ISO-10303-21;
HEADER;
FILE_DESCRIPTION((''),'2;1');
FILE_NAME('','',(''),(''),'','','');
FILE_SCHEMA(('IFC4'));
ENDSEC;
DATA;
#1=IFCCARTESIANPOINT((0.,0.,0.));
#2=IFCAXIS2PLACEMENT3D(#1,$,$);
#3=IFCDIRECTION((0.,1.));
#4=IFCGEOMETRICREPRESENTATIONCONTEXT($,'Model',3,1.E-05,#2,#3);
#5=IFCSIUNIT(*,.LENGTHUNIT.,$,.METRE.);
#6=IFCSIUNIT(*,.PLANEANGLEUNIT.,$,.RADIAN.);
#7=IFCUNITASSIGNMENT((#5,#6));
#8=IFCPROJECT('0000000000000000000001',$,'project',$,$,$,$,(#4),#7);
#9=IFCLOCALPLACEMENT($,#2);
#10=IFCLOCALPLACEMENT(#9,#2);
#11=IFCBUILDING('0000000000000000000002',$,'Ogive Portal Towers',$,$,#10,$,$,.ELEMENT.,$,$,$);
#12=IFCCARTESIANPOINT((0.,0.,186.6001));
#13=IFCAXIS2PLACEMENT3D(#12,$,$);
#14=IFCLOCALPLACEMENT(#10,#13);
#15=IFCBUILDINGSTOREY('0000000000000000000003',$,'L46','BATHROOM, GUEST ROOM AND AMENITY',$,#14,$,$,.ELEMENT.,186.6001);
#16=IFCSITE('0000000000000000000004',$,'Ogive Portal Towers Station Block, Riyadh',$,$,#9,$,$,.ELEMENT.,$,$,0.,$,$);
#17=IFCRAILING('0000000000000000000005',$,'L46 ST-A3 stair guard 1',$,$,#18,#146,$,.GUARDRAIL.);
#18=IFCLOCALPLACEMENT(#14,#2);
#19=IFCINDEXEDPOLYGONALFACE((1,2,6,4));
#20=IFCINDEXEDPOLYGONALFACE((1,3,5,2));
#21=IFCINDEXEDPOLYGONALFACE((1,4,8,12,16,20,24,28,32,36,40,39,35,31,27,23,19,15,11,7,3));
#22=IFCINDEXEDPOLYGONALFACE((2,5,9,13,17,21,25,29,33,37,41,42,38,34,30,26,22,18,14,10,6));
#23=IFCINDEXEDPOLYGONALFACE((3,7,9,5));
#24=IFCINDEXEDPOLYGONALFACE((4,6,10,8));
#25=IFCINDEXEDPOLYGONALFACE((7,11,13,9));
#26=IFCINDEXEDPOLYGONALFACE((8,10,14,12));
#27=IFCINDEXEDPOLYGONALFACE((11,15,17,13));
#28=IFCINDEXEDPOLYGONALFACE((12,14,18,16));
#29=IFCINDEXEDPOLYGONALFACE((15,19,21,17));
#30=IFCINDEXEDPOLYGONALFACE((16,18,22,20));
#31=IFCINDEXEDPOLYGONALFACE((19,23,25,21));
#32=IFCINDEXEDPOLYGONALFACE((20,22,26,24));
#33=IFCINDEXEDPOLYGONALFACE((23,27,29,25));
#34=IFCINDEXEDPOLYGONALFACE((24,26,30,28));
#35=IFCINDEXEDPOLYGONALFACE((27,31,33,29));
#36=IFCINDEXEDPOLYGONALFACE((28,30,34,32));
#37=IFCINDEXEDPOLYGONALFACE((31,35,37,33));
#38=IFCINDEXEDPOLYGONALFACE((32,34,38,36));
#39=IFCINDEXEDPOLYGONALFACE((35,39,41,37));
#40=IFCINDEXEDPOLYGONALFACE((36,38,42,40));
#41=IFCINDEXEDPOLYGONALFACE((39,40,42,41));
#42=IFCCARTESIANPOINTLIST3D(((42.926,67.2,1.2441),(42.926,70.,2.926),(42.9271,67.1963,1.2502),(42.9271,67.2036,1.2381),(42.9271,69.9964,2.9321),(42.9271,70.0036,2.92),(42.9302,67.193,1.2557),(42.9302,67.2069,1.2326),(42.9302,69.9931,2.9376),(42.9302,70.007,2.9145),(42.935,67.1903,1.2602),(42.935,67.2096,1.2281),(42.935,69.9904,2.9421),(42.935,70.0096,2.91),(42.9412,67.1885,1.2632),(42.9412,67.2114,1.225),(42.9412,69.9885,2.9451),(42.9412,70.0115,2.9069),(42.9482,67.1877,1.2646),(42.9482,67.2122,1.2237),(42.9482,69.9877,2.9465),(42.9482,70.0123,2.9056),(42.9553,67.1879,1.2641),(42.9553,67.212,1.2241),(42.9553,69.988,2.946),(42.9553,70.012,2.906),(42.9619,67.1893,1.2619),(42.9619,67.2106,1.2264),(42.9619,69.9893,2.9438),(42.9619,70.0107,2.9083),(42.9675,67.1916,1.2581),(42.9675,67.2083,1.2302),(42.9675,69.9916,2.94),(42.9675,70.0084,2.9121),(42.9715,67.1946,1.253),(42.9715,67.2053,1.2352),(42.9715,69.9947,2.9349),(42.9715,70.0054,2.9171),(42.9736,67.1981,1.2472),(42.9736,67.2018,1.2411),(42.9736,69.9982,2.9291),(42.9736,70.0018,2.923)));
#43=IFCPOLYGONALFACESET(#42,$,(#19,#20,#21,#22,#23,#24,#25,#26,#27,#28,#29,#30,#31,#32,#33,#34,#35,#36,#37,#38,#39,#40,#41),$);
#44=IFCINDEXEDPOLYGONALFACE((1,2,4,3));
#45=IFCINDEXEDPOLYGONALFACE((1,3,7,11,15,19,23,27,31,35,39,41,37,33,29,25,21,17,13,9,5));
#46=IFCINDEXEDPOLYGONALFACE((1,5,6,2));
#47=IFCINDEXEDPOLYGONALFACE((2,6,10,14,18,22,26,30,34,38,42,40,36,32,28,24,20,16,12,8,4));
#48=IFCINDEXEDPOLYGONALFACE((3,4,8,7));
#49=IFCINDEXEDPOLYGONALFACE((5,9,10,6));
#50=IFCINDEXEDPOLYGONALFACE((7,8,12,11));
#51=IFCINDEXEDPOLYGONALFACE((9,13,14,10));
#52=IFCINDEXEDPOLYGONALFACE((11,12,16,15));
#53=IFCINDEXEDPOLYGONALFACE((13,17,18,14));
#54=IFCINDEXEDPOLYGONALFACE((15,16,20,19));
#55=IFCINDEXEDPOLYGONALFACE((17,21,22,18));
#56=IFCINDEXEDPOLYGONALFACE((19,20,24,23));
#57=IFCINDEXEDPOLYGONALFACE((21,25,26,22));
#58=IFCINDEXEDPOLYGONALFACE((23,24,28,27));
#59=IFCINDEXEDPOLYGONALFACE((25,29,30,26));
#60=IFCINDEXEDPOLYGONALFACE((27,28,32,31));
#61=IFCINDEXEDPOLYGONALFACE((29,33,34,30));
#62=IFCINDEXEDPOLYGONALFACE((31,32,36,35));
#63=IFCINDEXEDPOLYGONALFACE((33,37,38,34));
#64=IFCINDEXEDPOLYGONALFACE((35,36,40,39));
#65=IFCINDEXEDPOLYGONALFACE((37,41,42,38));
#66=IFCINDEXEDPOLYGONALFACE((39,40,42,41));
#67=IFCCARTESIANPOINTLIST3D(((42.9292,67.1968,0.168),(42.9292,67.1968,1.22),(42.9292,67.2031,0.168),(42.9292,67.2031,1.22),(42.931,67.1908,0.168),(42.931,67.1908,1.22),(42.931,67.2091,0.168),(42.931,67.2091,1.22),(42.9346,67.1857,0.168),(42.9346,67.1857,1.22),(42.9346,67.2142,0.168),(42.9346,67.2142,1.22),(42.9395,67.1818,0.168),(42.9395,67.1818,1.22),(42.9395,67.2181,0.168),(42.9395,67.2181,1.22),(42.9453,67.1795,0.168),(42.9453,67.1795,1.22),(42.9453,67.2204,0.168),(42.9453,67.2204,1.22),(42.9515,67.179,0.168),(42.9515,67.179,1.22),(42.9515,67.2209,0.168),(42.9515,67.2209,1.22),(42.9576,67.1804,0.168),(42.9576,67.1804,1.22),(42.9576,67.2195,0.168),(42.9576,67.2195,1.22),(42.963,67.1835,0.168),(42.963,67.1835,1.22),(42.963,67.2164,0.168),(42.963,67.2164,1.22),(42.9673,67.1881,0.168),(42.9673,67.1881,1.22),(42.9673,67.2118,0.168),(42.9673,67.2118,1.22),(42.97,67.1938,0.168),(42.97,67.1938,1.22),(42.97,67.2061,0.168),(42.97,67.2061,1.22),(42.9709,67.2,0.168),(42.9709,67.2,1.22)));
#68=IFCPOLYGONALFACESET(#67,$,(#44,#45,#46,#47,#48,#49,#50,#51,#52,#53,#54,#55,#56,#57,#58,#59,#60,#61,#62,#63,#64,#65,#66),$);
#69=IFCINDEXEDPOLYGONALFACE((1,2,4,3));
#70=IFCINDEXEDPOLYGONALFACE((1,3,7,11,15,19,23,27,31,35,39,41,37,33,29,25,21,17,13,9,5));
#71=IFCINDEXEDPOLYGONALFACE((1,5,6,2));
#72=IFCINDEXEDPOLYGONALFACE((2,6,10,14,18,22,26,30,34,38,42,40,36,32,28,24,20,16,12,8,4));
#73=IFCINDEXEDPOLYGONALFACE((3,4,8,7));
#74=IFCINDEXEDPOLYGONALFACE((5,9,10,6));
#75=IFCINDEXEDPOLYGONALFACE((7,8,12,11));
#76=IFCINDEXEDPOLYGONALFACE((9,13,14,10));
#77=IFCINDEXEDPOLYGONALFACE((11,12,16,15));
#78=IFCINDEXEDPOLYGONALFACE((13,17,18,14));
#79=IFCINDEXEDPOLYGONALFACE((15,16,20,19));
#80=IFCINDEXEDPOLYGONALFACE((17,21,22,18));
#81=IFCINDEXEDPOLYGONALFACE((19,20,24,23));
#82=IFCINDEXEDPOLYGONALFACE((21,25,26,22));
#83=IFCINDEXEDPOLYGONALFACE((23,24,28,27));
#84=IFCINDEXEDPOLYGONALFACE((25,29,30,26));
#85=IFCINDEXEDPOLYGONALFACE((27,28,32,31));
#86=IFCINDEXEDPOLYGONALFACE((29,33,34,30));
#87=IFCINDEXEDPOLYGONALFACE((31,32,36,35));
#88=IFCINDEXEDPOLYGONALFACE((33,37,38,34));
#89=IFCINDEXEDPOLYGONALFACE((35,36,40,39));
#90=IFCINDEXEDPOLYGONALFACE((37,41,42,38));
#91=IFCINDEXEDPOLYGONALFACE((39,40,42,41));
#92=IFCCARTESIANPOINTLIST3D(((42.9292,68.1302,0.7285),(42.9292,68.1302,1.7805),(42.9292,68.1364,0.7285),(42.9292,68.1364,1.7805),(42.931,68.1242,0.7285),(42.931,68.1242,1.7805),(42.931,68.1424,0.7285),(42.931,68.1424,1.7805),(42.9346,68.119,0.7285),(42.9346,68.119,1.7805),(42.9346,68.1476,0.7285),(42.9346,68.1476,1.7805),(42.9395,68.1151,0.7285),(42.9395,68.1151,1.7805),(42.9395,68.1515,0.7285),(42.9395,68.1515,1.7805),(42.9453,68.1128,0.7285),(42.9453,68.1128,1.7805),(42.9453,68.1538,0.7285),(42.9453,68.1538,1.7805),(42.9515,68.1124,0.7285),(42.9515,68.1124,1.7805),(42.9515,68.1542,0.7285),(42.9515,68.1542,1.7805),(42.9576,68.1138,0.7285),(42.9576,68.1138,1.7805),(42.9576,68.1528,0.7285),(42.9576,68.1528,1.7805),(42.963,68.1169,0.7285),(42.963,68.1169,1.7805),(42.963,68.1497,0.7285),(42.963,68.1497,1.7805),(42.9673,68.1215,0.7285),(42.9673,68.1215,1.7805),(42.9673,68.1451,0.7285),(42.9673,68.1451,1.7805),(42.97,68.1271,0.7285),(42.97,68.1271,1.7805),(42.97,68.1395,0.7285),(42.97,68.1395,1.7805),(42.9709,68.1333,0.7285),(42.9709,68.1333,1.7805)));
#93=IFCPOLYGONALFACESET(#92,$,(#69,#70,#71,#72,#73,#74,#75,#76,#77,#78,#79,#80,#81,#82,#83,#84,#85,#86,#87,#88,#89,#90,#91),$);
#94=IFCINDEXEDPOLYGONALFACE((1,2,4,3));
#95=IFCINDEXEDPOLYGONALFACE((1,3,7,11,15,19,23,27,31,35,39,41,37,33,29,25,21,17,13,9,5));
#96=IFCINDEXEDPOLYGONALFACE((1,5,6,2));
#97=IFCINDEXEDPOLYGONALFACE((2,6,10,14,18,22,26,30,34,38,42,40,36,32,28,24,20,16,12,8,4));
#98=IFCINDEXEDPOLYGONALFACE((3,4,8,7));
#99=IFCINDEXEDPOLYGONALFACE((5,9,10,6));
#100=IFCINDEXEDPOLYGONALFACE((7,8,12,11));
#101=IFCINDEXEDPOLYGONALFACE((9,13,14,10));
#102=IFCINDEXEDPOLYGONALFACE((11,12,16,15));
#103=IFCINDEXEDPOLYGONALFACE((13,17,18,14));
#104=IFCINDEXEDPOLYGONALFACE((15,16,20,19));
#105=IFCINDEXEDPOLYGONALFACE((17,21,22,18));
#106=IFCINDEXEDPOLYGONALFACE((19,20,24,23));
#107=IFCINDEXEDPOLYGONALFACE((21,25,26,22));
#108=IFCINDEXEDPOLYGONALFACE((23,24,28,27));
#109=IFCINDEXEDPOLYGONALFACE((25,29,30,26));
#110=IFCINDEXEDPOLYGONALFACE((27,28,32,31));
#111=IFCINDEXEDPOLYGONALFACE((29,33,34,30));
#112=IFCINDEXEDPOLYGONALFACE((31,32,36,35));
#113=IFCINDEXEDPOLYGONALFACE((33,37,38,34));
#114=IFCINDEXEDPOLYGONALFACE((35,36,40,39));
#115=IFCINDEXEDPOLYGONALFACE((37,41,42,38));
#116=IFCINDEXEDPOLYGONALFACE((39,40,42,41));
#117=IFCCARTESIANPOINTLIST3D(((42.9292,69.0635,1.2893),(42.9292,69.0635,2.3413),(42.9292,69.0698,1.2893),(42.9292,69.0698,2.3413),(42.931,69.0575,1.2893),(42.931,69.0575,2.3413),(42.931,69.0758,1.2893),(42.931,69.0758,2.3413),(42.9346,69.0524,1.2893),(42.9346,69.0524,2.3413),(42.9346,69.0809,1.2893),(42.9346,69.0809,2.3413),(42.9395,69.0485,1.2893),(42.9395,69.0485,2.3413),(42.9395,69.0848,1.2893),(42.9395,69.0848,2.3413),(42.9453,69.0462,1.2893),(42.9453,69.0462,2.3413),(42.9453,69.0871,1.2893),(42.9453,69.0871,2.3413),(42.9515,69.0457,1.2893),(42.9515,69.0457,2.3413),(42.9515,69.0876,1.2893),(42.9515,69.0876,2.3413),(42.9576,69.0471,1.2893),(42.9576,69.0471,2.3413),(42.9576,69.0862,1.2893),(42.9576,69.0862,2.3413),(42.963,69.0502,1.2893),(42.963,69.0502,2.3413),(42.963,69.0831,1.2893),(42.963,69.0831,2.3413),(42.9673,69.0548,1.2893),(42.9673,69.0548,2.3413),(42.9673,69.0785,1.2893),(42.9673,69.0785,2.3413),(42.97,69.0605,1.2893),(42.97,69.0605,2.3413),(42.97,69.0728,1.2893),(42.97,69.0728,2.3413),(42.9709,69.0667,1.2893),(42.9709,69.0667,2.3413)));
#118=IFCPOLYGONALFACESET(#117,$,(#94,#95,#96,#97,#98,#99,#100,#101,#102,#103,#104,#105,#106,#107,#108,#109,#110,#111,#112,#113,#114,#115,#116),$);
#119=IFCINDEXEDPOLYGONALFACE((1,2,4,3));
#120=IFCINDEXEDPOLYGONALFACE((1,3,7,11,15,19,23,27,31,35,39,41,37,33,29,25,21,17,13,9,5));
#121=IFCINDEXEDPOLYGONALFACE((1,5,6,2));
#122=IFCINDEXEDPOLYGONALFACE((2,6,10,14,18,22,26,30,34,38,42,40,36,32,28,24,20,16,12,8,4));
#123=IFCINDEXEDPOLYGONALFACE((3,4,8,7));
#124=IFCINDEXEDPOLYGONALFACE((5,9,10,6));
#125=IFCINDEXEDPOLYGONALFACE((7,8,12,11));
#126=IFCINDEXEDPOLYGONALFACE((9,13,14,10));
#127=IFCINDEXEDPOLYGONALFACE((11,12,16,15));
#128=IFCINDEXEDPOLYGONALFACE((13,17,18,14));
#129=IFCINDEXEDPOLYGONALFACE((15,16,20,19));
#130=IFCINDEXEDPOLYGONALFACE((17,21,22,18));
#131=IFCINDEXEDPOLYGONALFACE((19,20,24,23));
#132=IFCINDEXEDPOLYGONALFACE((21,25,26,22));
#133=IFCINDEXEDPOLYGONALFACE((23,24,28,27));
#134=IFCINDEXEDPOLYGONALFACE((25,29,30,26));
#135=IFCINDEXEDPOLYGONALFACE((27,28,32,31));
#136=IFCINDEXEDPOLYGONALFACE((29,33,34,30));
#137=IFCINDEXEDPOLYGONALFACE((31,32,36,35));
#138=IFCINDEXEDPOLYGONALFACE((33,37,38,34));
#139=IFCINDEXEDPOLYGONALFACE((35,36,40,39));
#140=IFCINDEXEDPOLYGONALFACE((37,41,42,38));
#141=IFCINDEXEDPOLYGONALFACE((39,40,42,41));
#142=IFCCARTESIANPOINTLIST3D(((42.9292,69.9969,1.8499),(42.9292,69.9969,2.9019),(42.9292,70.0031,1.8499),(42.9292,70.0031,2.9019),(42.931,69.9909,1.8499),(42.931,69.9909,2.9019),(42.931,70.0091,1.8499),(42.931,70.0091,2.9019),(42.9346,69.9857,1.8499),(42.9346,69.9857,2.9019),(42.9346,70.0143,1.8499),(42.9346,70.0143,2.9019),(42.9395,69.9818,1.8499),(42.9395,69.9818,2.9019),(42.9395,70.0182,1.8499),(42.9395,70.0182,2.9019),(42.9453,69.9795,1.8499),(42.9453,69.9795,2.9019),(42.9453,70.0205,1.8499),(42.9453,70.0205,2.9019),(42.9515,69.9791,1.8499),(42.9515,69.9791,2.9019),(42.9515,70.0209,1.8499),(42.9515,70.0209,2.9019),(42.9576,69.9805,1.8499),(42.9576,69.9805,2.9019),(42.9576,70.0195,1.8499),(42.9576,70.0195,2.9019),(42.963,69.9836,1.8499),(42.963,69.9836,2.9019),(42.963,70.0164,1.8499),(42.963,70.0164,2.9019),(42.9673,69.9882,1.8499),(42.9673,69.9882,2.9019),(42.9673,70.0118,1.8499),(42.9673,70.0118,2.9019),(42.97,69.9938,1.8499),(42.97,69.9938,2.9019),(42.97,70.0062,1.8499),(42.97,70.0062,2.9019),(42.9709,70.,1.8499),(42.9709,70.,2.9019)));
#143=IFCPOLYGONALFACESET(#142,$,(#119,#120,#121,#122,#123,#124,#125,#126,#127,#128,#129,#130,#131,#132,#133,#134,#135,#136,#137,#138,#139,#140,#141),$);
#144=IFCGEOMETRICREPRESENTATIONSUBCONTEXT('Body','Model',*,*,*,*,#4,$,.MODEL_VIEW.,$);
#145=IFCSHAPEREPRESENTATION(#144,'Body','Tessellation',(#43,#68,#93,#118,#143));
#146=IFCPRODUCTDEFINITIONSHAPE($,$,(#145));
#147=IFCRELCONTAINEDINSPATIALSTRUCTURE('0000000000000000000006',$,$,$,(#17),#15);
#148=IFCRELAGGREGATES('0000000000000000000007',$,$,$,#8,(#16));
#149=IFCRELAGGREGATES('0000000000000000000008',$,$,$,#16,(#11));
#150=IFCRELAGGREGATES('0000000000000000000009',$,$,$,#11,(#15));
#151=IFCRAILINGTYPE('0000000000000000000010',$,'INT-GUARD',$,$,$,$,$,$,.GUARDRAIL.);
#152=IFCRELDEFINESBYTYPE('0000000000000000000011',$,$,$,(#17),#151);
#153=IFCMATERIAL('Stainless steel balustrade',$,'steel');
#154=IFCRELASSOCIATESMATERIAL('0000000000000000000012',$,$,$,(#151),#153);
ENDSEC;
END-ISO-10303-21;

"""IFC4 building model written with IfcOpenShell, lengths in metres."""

from ifc_helpers import new_model, si_unit, direction, frame, origin, origin_2d, place, context, subcontext, project, spatial, circle, extrude, material, type_object, element, save


model = new_model("IFC4")

# Units and contexts
model_context = context("Model", 3, precision=1e-05, world=origin(), true_north=direction((0.0, 1.0)))
body_context = subcontext(model_context, "Body", "Model", "MODEL_VIEW")
ifc_project = project(units=[si_unit("LENGTHUNIT", "METRE"), si_unit("PLANEANGLEUNIT", "RADIAN")], contexts=[model_context])

# Site, building, storey
site_placement = place(None, origin())
site = spatial("IfcSite", under=ifc_project, at=site_placement, Name="Ogive Portal Towers Station Block, Riyadh", CompositionType="ELEMENT", RefElevation=0.0)
building_placement = place(site_placement, origin())
building = spatial("IfcBuilding", under=site, at=building_placement, Name="Ogive Portal Towers", CompositionType="ELEMENT")
storey_placement = place(building_placement, frame((0.0, 0.0, 186.6001)))
storey = spatial("IfcBuildingStorey", under=building, at=storey_placement, Name="L46", Description="BATHROOM, GUEST ROOM AND AMENITY", CompositionType="ELEMENT", Elevation=186.6001)

# Railing
ifc_material_1 = material(Name="Stainless steel balustrade", Category="steel")
railing_type_1 = type_object("IfcRailingType", Name="INT-GUARD", PredefinedType="GUARDRAIL", material=ifc_material_1)
railing_1_placement = place(storey_placement, frame((42.95, 67.2, 0.168)))
element("IfcRailing", 1, at=railing_1_placement, inside=storey, type_object=railing_type_1, Name="L46 ST-A3 stair guard 1", PredefinedType="GUARDRAIL", context=body_context, shape_type="SweptSolid", body=[
    extrude(circle(Radius=0.0239, at=origin_2d()), frame((0.0, 0.0, 1.0762), z_axis=(0.0, 0.857242, 0.514913), x_axis=(-1.0, 0.0, 0.0)), (0.0, 0.0, 1.0), 3.2664),
    extrude(circle(Radius=0.021, at=origin_2d()), origin(), (0.0, 0.0, 1.0), 1.052),
    extrude(circle(Radius=0.021, at=origin_2d()), frame((0.0, 0.9333, 0.5605)), (0.0, 0.0, 1.0), 1.052),
    extrude(circle(Radius=0.021, at=origin_2d()), frame((0.0, 1.8667, 1.1213)), (0.0, 0.0, 1.0), 1.052),
    extrude(circle(Radius=0.021, at=origin_2d()), frame((0.0, 2.8, 1.6819)), (0.0, 0.0, 1.0), 1.052),
])

save(model, "model.ifc")
